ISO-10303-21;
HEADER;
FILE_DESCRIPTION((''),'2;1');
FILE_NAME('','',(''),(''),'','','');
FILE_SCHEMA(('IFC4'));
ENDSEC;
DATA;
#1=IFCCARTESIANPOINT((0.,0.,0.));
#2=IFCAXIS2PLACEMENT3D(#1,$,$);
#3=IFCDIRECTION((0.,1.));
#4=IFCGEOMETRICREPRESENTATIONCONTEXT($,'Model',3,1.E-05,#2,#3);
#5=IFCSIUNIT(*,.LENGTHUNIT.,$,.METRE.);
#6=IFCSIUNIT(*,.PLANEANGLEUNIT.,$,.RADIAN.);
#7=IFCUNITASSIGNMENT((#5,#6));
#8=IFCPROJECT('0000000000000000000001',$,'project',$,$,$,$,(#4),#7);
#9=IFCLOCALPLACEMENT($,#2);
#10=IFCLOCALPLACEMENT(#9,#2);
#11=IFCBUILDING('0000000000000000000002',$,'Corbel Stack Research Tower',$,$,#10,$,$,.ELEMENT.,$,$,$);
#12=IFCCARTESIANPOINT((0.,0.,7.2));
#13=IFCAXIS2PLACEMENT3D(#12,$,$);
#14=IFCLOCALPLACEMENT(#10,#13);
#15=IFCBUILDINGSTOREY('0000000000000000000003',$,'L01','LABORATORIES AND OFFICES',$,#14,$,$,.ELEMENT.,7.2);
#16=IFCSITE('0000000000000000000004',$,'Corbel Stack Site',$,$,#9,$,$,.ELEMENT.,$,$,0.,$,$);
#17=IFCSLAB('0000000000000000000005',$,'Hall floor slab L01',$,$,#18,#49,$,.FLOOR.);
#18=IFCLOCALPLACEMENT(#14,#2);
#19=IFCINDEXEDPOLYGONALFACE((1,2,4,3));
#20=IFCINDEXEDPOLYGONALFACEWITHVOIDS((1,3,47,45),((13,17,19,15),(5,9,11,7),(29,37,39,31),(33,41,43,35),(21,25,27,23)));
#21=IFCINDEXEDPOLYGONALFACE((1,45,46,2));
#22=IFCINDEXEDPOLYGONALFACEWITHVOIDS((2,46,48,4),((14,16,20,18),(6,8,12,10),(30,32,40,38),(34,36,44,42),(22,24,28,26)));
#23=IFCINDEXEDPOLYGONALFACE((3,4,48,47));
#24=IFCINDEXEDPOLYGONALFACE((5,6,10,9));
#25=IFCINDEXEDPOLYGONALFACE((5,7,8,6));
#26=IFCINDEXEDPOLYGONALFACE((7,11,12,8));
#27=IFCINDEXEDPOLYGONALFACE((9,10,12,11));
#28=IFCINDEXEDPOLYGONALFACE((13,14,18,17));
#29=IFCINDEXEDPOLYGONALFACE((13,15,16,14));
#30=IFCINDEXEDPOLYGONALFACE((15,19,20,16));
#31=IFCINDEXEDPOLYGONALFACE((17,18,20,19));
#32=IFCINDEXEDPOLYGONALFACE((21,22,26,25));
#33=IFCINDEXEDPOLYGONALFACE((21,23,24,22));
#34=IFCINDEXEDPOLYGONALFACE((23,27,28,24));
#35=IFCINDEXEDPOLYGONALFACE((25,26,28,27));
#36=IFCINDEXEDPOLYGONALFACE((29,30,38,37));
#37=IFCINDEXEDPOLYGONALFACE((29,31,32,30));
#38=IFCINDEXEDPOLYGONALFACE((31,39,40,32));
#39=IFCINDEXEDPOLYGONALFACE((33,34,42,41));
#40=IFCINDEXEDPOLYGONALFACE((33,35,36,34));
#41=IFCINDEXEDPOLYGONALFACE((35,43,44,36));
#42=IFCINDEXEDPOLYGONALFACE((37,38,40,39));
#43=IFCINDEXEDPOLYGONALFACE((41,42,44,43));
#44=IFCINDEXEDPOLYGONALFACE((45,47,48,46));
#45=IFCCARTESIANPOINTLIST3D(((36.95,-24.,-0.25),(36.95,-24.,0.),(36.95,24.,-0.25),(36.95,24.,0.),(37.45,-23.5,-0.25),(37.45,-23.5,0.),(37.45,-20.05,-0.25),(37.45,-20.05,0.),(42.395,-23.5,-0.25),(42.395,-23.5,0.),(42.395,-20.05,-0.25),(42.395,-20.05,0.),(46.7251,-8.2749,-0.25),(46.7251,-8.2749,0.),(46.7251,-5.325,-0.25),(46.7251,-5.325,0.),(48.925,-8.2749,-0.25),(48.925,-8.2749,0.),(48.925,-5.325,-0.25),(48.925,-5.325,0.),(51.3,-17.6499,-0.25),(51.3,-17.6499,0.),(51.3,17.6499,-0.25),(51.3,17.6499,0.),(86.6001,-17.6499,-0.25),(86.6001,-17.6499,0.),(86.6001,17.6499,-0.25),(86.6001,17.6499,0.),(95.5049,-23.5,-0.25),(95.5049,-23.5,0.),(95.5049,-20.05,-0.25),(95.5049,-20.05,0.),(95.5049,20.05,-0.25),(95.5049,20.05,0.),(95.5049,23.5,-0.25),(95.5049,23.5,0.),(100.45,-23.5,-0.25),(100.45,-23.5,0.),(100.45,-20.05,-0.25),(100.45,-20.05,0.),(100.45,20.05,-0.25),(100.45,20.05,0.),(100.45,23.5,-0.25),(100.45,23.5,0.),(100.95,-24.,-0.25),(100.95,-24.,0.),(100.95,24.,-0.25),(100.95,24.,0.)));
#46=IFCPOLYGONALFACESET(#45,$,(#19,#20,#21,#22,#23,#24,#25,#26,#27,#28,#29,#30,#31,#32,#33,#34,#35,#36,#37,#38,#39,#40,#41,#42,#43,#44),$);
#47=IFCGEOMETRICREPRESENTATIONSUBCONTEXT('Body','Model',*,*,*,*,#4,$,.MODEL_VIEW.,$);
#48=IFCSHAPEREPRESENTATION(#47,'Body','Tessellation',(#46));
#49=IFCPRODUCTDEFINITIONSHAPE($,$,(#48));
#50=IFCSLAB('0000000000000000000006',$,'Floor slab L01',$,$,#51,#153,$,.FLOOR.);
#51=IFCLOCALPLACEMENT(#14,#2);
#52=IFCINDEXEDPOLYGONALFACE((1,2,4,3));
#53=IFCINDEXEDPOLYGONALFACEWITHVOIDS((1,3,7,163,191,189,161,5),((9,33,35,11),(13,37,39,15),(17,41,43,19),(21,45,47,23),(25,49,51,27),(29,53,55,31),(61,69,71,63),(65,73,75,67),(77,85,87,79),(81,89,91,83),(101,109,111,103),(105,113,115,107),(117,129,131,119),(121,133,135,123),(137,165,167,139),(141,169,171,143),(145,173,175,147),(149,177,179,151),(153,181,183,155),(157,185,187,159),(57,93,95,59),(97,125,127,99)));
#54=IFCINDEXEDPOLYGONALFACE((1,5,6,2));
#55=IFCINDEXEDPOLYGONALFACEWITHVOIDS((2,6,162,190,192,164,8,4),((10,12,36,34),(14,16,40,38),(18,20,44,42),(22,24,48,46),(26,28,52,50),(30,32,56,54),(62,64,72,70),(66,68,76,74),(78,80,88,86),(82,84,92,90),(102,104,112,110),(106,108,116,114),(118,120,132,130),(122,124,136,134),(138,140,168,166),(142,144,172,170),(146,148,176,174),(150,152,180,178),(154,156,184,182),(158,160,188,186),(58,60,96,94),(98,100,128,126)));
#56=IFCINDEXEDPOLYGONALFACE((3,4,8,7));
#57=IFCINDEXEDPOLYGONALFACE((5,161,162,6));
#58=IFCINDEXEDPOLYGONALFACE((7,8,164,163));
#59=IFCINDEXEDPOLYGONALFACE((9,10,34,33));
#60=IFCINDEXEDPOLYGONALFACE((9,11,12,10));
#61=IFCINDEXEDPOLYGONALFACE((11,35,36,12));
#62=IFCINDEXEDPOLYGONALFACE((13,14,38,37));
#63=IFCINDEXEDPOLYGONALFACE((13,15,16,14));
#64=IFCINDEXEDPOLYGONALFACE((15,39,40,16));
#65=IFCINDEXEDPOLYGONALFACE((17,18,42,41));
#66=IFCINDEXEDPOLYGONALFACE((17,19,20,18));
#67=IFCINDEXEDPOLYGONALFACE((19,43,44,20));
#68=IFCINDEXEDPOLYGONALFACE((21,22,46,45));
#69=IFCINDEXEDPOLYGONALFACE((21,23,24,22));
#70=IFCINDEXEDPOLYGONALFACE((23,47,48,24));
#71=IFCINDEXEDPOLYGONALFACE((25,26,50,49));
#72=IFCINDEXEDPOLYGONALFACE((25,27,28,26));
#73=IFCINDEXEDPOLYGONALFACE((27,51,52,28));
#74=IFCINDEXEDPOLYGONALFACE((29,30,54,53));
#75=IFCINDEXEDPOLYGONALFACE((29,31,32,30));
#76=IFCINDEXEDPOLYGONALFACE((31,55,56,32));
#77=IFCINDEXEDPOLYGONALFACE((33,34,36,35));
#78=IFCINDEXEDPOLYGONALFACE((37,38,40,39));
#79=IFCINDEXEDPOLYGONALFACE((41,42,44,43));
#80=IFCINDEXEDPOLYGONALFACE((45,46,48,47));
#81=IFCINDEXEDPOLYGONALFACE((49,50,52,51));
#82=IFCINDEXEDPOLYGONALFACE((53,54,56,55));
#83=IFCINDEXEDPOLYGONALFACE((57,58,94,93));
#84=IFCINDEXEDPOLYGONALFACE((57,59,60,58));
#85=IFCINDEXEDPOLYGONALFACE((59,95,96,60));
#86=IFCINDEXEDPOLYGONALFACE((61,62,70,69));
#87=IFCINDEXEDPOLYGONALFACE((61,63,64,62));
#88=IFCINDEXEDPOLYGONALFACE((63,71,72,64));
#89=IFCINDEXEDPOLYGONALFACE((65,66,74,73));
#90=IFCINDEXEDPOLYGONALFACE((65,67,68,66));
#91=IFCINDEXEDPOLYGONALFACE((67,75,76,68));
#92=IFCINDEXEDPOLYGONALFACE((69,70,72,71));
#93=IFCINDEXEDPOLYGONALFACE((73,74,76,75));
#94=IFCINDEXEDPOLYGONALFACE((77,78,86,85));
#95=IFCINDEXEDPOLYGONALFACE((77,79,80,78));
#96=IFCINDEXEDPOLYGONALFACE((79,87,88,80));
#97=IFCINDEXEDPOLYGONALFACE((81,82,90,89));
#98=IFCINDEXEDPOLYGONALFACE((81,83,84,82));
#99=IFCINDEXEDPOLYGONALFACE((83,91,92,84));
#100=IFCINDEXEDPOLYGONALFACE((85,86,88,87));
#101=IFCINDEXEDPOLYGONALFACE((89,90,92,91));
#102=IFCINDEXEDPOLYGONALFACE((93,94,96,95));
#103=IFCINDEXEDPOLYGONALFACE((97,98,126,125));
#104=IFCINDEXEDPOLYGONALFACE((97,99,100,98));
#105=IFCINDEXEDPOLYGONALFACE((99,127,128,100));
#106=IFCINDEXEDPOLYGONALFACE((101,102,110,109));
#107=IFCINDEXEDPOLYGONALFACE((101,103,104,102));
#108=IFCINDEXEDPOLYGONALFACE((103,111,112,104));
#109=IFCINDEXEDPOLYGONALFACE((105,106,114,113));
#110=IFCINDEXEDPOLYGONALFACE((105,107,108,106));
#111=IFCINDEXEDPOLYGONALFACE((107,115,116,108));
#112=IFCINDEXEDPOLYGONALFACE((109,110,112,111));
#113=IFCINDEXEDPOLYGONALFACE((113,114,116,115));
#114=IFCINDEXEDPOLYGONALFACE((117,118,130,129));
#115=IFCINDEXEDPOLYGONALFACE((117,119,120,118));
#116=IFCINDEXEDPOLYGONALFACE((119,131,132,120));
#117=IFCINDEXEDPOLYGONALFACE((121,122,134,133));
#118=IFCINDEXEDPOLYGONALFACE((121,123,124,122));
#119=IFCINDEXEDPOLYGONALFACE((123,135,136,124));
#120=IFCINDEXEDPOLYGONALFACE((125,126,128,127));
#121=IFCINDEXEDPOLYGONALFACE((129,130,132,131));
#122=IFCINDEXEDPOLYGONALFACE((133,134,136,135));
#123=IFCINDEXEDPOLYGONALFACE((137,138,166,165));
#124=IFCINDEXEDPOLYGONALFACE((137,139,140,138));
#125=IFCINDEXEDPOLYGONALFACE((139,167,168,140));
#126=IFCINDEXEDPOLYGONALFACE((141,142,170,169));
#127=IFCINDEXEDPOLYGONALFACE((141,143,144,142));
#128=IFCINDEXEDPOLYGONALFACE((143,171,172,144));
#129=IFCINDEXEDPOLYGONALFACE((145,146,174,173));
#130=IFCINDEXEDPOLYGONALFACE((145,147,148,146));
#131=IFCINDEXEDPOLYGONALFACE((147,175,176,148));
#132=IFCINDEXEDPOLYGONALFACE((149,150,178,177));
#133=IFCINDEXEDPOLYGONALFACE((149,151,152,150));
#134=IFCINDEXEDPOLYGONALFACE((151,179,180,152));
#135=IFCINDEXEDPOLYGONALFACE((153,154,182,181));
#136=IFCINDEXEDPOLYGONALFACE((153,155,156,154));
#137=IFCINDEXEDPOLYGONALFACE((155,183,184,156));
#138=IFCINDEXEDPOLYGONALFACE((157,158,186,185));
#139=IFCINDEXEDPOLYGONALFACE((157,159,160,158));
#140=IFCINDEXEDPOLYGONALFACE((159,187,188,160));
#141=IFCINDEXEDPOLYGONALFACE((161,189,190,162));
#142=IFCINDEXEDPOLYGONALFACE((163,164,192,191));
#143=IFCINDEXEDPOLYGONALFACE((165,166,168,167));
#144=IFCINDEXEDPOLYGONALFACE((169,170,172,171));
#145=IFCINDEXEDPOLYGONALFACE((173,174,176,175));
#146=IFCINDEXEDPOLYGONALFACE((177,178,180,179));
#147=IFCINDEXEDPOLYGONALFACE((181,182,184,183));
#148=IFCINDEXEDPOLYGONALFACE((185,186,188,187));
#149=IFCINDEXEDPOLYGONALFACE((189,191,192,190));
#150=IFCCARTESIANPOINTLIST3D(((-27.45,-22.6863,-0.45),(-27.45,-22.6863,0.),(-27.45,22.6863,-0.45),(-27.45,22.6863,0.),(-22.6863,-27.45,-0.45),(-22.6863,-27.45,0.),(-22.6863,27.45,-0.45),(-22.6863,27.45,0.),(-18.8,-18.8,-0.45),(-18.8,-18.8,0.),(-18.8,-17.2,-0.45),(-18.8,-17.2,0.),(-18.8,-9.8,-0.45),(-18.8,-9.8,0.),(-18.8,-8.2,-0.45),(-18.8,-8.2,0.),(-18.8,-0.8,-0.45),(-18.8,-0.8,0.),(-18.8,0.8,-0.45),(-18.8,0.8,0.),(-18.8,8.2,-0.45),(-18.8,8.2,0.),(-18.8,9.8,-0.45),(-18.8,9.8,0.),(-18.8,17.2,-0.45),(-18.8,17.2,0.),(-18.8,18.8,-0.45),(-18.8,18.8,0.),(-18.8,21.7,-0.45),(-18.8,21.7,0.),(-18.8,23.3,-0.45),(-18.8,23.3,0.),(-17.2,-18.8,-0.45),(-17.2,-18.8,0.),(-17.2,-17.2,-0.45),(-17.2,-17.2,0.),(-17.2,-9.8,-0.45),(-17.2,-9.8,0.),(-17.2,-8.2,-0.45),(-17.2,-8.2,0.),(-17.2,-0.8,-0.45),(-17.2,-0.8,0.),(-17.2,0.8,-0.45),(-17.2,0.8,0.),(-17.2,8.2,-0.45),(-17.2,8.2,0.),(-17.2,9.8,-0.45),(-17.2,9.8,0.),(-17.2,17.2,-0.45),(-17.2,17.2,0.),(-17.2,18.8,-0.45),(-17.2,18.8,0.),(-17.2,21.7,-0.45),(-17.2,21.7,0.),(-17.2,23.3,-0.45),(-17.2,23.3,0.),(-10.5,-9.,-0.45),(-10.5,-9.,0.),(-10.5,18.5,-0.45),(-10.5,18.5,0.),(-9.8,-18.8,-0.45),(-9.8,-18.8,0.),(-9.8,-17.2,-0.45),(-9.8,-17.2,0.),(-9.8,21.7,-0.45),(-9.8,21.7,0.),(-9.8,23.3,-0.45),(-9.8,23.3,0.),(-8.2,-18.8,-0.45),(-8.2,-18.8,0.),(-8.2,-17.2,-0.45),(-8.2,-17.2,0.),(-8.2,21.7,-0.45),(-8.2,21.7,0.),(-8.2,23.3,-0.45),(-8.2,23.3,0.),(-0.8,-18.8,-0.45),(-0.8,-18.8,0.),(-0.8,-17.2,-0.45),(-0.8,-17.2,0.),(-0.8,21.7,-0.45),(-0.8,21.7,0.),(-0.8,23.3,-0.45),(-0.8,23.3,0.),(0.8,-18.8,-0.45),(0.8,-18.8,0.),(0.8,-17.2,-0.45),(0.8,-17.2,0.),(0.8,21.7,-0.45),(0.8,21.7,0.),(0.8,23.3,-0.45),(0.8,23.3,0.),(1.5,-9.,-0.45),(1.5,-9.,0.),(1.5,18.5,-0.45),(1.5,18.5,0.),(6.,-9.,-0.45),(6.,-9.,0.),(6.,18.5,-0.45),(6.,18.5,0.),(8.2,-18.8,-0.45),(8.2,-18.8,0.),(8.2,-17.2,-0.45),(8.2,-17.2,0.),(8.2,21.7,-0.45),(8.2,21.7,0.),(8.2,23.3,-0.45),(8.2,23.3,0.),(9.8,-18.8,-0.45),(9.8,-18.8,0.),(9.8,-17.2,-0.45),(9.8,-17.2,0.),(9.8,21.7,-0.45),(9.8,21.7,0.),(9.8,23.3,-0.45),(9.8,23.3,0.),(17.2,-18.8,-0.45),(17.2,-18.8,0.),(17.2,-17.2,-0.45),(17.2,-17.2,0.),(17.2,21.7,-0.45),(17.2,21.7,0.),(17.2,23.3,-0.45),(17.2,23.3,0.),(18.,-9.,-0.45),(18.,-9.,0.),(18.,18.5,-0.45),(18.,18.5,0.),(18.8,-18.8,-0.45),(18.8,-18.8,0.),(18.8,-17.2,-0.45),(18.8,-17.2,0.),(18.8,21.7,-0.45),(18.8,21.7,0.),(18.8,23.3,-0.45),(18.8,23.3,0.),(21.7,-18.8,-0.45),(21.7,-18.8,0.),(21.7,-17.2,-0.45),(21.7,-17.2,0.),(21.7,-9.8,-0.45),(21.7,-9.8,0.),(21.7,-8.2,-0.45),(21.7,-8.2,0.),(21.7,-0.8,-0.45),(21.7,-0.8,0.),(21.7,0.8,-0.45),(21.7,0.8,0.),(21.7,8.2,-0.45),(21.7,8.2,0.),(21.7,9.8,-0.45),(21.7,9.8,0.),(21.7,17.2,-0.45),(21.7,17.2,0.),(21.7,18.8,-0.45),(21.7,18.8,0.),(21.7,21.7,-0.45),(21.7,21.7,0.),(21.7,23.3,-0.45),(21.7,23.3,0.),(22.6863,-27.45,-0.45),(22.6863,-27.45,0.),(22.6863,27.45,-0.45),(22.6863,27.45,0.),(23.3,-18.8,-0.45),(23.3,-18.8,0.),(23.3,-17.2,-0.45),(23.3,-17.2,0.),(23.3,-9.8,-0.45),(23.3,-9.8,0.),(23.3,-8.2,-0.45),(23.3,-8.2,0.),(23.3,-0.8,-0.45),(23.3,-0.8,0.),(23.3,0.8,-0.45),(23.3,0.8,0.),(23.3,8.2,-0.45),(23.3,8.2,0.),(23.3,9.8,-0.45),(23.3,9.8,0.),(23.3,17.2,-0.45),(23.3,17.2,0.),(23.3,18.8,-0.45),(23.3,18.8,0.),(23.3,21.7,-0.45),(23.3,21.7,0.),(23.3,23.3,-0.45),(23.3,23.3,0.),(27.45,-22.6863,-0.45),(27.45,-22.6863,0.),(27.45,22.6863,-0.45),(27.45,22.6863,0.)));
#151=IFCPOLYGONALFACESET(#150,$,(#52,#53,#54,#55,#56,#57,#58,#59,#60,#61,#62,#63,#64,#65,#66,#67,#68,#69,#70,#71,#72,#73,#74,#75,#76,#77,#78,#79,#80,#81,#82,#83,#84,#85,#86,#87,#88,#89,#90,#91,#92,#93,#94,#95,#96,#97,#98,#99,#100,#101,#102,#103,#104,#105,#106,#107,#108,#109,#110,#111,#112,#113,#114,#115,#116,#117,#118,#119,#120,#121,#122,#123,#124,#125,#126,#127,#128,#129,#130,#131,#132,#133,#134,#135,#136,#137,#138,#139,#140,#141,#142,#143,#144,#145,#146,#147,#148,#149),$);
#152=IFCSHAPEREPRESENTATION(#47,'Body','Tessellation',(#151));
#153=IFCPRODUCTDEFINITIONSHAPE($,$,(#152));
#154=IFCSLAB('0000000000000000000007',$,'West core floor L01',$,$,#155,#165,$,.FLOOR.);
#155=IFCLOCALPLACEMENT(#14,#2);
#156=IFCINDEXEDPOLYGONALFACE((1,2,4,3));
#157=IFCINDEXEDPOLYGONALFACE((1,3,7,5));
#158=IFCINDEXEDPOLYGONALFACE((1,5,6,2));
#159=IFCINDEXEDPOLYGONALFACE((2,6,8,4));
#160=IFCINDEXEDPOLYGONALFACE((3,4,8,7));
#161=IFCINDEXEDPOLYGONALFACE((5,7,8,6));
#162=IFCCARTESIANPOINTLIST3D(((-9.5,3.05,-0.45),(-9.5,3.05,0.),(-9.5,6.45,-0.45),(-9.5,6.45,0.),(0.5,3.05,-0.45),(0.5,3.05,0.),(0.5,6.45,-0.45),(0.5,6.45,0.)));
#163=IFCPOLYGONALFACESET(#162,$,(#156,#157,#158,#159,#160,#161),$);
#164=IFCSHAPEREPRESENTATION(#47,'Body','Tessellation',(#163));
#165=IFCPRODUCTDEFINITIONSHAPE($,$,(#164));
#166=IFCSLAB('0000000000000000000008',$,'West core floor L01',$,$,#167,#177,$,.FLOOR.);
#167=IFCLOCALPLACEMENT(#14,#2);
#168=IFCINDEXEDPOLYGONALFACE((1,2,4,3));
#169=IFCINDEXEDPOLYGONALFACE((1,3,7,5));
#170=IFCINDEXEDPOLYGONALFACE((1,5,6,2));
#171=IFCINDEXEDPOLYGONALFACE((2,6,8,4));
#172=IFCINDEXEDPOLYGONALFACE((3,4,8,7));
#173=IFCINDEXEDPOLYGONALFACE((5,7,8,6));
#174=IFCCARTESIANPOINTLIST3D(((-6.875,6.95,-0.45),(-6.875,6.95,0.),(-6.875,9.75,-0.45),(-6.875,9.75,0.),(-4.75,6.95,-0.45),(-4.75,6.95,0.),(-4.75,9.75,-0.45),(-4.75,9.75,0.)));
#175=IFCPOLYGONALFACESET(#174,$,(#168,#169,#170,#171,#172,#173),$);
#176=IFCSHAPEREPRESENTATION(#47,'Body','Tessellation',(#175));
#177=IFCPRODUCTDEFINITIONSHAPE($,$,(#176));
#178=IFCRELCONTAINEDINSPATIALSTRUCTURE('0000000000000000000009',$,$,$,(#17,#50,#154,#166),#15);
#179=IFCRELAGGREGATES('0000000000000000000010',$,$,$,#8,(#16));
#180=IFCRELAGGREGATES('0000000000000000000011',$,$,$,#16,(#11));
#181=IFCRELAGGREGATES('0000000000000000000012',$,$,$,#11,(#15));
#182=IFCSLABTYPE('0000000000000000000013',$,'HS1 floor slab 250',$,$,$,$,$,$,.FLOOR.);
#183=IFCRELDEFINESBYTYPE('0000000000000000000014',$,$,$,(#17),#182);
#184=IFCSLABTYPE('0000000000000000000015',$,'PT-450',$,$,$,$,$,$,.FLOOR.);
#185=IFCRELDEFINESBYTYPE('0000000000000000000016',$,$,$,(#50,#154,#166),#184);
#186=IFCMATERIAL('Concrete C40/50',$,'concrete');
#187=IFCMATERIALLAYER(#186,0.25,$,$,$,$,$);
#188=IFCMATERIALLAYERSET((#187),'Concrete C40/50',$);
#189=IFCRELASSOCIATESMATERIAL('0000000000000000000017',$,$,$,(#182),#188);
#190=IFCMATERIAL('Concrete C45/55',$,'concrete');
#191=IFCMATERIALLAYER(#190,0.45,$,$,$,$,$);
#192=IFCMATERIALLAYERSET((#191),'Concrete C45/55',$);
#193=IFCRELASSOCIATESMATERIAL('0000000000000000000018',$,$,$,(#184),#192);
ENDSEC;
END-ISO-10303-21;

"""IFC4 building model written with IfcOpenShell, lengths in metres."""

from ifc_helpers import new_model, si_unit, direction, frame, origin, place, context, subcontext, project, spatial, polyline, outline, extrude, material, layer, layer_set, type_object, element, save


model = new_model("IFC4")

# Units and contexts
model_context = context("Model", 3, precision=1e-05, world=origin(), true_north=direction((0.0, 1.0)))
body_context = subcontext(model_context, "Body", "Model", "MODEL_VIEW")
ifc_project = project(units=[si_unit("LENGTHUNIT", "METRE"), si_unit("PLANEANGLEUNIT", "RADIAN")], contexts=[model_context])

# Site, building, storey
site_placement = place(None, origin())
site = spatial("IfcSite", under=ifc_project, at=site_placement, Name="Corbel Stack Site", CompositionType="ELEMENT", RefElevation=0.0)
building_placement = place(site_placement, origin())
building = spatial("IfcBuilding", under=site, at=building_placement, Name="Corbel Stack Research Tower", CompositionType="ELEMENT")
storey_placement = place(building_placement, frame((0.0, 0.0, 7.2)))
storey = spatial("IfcBuildingStorey", under=building, at=storey_placement, Name="L01", Description="LABORATORIES AND OFFICES", CompositionType="ELEMENT", Elevation=7.2)

# Slabs
ifc_material_1 = material(Name="Concrete C40/50", Category="concrete")
ifc_layer_1 = layer(ifc_material_1, 0.25)
ifc_layer_set_1 = layer_set([ifc_layer_1], Name="Concrete C40/50")
slab_type_1 = type_object("IfcSlabType", Name="HS1 floor slab 250", PredefinedType="FLOOR", material=ifc_layer_set_1)
slab_1_placement = place(storey_placement, frame((0.0, 0.0, -0.25)))
element("IfcSlab", 1, at=slab_1_placement, inside=storey, type_object=slab_type_1, Name="Hall floor slab L01", PredefinedType="FLOOR", context=body_context, shape_type="SweptSolid", body=[
    extrude(outline(polyline([(36.95, -24.0), (36.95, 24.0), (100.95, 24.0), (100.95, -24.0), (36.95, -24.0)]), holes=[polyline([(95.5049, 23.5), (95.5049, 20.05), (100.45, 20.05), (100.45, 23.5), (95.5049, 23.5)]), polyline([(100.45, -20.05), (95.5049, -20.05), (95.5049, -23.5), (100.45, -23.5), (100.45, -20.05)]), polyline([(86.6001, 17.6499), (51.3, 17.6499), (51.3, -17.6499), (86.6001, -17.6499), (86.6001, 17.6499)]), polyline([(48.925, -5.325), (46.7251, -5.325), (46.7251, -8.2749), (48.925, -8.2749), (48.925, -5.325)]), polyline([(37.45, -23.5), (42.395, -23.5), (42.395, -20.05), (37.45, -20.05), (37.45, -23.5)])]), origin(), (0.0, 0.0, 1.0), 0.25),
])
ifc_material_2 = material(Name="Concrete C45/55", Category="concrete")
ifc_layer_2 = layer(ifc_material_2, 0.45)
ifc_layer_set_2 = layer_set([ifc_layer_2], Name="Concrete C45/55")
slab_type_2 = type_object("IfcSlabType", Name="PT-450", PredefinedType="FLOOR", material=ifc_layer_set_2)
slab_2_placement = place(storey_placement, frame((0.0, 0.0, -0.45)))
element("IfcSlab", 2, at=slab_2_placement, inside=storey, type_object=slab_type_2, Name="Floor slab L01", PredefinedType="FLOOR", context=body_context, shape_type="SweptSolid", body=[
    extrude(outline(polyline([(-22.6863, -27.45), (22.6863, -27.45), (27.45, -22.6863), (27.45, 22.6863), (22.6863, 27.45), (-22.6863, 27.45), (-27.45, 22.6863), (-27.45, -22.6863), (-22.6863, -27.45)]), holes=[polyline([(21.7, 21.7), (21.7, 23.3), (23.3, 23.3), (23.3, 21.7), (21.7, 21.7)]), polyline([(21.7, 17.2), (21.7, 18.8), (23.3, 18.8), (23.3, 17.2), (21.7, 17.2)]), polyline([(21.7, 8.2), (21.7, 9.8), (23.3, 9.8), (23.3, 8.2), (21.7, 8.2)]), polyline([(21.7, -0.8), (21.7, 0.8), (23.3, 0.8), (23.3, -0.8), (21.7, -0.8)]), polyline([(21.7, -9.8), (21.7, -8.2), (23.3, -8.2), (23.3, -9.8), (21.7, -9.8)]), polyline([(23.3, -18.8), (21.7, -18.8), (21.7, -17.2), (23.3, -17.2), (23.3, -18.8)]), polyline([(17.2, 21.7), (17.2, 23.3), (18.8, 23.3), (18.8, 21.7), (17.2, 21.7)]), polyline([(18.8, -18.8), (17.2, -18.8), (17.2, -17.2), (18.8, -17.2), (18.8, -18.8)]), polyline([(18.0, -9.0), (6.0, -9.0), (6.0, 18.5), (18.0, 18.5), (18.0, -9.0)]), polyline([(9.8, 21.7), (8.2, 21.7), (8.2, 23.3), (9.8, 23.3), (9.8, 21.7)]), polyline([(9.8, -18.8), (8.2, -18.8), (8.2, -17.2), (9.8, -17.2), (9.8, -18.8)]), polyline([(1.5, -9.0), (-10.5, -9.0), (-10.5, 18.5), (1.5, 18.5), (1.5, -9.0)]), polyline([(-0.8, 21.7), (-0.8, 23.3), (0.8, 23.3), (0.8, 21.7), (-0.8, 21.7)]), polyline([(0.8, -18.8), (-0.8, -18.8), (-0.8, -17.2), (0.8, -17.2), (0.8, -18.8)]), polyline([(-9.8, 21.7), (-9.8, 23.3), (-8.2, 23.3), (-8.2, 21.7), (-9.8, 21.7)]), polyline([(-8.2, -18.8), (-9.8, -18.8), (-9.8, -17.2), (-8.2, -17.2), (-8.2, -18.8)]), polyline([(-17.2, 21.7), (-18.8, 21.7), (-18.8, 23.3), (-17.2, 23.3), (-17.2, 21.7)]), polyline([(-18.8, 17.2), (-18.8, 18.8), (-17.2, 18.8), (-17.2, 17.2), (-18.8, 17.2)]), polyline([(-18.8, 8.2), (-18.8, 9.8), (-17.2, 9.8), (-17.2, 8.2), (-18.8, 8.2)]), polyline([(-18.8, -0.8), (-18.8, 0.8), (-17.2, 0.8), (-17.2, -0.8), (-18.8, -0.8)]), polyline([(-18.8, -9.8), (-18.8, -8.2), (-17.2, -8.2), (-17.2, -9.8), (-18.8, -9.8)]), polyline([(-17.2, -18.8), (-18.8, -18.8), (-18.8, -17.2), (-17.2, -17.2), (-17.2, -18.8)])]), origin(), (0.0, 0.0, 1.0), 0.45),
])
slab_3_placement = place(storey_placement, frame((0.0, 0.0, -0.45)))
element("IfcSlab", 3, at=slab_3_placement, inside=storey, type_object=slab_type_2, Name="West core floor L01", PredefinedType="FLOOR", context=body_context, shape_type="SweptSolid", body=[
    extrude(outline(polyline([(-9.5, 6.45), (-9.5, 3.05), (0.5, 3.05), (0.5, 6.45), (-9.5, 6.45)])), origin(), (0.0, 0.0, 1.0), 0.45),
])
slab_4_placement = place(storey_placement, frame((0.0, 0.0, -0.45)))
element("IfcSlab", 4, at=slab_4_placement, inside=storey, type_object=slab_type_2, Name="West core floor L01", PredefinedType="FLOOR", context=body_context, shape_type="SweptSolid", body=[
    extrude(outline(polyline([(-6.875, 6.95), (-4.75, 6.95), (-4.75, 9.75), (-6.875, 9.75), (-6.875, 6.95)])), origin(), (0.0, 0.0, 1.0), 0.45),
])

save(model, "model.ifc")
